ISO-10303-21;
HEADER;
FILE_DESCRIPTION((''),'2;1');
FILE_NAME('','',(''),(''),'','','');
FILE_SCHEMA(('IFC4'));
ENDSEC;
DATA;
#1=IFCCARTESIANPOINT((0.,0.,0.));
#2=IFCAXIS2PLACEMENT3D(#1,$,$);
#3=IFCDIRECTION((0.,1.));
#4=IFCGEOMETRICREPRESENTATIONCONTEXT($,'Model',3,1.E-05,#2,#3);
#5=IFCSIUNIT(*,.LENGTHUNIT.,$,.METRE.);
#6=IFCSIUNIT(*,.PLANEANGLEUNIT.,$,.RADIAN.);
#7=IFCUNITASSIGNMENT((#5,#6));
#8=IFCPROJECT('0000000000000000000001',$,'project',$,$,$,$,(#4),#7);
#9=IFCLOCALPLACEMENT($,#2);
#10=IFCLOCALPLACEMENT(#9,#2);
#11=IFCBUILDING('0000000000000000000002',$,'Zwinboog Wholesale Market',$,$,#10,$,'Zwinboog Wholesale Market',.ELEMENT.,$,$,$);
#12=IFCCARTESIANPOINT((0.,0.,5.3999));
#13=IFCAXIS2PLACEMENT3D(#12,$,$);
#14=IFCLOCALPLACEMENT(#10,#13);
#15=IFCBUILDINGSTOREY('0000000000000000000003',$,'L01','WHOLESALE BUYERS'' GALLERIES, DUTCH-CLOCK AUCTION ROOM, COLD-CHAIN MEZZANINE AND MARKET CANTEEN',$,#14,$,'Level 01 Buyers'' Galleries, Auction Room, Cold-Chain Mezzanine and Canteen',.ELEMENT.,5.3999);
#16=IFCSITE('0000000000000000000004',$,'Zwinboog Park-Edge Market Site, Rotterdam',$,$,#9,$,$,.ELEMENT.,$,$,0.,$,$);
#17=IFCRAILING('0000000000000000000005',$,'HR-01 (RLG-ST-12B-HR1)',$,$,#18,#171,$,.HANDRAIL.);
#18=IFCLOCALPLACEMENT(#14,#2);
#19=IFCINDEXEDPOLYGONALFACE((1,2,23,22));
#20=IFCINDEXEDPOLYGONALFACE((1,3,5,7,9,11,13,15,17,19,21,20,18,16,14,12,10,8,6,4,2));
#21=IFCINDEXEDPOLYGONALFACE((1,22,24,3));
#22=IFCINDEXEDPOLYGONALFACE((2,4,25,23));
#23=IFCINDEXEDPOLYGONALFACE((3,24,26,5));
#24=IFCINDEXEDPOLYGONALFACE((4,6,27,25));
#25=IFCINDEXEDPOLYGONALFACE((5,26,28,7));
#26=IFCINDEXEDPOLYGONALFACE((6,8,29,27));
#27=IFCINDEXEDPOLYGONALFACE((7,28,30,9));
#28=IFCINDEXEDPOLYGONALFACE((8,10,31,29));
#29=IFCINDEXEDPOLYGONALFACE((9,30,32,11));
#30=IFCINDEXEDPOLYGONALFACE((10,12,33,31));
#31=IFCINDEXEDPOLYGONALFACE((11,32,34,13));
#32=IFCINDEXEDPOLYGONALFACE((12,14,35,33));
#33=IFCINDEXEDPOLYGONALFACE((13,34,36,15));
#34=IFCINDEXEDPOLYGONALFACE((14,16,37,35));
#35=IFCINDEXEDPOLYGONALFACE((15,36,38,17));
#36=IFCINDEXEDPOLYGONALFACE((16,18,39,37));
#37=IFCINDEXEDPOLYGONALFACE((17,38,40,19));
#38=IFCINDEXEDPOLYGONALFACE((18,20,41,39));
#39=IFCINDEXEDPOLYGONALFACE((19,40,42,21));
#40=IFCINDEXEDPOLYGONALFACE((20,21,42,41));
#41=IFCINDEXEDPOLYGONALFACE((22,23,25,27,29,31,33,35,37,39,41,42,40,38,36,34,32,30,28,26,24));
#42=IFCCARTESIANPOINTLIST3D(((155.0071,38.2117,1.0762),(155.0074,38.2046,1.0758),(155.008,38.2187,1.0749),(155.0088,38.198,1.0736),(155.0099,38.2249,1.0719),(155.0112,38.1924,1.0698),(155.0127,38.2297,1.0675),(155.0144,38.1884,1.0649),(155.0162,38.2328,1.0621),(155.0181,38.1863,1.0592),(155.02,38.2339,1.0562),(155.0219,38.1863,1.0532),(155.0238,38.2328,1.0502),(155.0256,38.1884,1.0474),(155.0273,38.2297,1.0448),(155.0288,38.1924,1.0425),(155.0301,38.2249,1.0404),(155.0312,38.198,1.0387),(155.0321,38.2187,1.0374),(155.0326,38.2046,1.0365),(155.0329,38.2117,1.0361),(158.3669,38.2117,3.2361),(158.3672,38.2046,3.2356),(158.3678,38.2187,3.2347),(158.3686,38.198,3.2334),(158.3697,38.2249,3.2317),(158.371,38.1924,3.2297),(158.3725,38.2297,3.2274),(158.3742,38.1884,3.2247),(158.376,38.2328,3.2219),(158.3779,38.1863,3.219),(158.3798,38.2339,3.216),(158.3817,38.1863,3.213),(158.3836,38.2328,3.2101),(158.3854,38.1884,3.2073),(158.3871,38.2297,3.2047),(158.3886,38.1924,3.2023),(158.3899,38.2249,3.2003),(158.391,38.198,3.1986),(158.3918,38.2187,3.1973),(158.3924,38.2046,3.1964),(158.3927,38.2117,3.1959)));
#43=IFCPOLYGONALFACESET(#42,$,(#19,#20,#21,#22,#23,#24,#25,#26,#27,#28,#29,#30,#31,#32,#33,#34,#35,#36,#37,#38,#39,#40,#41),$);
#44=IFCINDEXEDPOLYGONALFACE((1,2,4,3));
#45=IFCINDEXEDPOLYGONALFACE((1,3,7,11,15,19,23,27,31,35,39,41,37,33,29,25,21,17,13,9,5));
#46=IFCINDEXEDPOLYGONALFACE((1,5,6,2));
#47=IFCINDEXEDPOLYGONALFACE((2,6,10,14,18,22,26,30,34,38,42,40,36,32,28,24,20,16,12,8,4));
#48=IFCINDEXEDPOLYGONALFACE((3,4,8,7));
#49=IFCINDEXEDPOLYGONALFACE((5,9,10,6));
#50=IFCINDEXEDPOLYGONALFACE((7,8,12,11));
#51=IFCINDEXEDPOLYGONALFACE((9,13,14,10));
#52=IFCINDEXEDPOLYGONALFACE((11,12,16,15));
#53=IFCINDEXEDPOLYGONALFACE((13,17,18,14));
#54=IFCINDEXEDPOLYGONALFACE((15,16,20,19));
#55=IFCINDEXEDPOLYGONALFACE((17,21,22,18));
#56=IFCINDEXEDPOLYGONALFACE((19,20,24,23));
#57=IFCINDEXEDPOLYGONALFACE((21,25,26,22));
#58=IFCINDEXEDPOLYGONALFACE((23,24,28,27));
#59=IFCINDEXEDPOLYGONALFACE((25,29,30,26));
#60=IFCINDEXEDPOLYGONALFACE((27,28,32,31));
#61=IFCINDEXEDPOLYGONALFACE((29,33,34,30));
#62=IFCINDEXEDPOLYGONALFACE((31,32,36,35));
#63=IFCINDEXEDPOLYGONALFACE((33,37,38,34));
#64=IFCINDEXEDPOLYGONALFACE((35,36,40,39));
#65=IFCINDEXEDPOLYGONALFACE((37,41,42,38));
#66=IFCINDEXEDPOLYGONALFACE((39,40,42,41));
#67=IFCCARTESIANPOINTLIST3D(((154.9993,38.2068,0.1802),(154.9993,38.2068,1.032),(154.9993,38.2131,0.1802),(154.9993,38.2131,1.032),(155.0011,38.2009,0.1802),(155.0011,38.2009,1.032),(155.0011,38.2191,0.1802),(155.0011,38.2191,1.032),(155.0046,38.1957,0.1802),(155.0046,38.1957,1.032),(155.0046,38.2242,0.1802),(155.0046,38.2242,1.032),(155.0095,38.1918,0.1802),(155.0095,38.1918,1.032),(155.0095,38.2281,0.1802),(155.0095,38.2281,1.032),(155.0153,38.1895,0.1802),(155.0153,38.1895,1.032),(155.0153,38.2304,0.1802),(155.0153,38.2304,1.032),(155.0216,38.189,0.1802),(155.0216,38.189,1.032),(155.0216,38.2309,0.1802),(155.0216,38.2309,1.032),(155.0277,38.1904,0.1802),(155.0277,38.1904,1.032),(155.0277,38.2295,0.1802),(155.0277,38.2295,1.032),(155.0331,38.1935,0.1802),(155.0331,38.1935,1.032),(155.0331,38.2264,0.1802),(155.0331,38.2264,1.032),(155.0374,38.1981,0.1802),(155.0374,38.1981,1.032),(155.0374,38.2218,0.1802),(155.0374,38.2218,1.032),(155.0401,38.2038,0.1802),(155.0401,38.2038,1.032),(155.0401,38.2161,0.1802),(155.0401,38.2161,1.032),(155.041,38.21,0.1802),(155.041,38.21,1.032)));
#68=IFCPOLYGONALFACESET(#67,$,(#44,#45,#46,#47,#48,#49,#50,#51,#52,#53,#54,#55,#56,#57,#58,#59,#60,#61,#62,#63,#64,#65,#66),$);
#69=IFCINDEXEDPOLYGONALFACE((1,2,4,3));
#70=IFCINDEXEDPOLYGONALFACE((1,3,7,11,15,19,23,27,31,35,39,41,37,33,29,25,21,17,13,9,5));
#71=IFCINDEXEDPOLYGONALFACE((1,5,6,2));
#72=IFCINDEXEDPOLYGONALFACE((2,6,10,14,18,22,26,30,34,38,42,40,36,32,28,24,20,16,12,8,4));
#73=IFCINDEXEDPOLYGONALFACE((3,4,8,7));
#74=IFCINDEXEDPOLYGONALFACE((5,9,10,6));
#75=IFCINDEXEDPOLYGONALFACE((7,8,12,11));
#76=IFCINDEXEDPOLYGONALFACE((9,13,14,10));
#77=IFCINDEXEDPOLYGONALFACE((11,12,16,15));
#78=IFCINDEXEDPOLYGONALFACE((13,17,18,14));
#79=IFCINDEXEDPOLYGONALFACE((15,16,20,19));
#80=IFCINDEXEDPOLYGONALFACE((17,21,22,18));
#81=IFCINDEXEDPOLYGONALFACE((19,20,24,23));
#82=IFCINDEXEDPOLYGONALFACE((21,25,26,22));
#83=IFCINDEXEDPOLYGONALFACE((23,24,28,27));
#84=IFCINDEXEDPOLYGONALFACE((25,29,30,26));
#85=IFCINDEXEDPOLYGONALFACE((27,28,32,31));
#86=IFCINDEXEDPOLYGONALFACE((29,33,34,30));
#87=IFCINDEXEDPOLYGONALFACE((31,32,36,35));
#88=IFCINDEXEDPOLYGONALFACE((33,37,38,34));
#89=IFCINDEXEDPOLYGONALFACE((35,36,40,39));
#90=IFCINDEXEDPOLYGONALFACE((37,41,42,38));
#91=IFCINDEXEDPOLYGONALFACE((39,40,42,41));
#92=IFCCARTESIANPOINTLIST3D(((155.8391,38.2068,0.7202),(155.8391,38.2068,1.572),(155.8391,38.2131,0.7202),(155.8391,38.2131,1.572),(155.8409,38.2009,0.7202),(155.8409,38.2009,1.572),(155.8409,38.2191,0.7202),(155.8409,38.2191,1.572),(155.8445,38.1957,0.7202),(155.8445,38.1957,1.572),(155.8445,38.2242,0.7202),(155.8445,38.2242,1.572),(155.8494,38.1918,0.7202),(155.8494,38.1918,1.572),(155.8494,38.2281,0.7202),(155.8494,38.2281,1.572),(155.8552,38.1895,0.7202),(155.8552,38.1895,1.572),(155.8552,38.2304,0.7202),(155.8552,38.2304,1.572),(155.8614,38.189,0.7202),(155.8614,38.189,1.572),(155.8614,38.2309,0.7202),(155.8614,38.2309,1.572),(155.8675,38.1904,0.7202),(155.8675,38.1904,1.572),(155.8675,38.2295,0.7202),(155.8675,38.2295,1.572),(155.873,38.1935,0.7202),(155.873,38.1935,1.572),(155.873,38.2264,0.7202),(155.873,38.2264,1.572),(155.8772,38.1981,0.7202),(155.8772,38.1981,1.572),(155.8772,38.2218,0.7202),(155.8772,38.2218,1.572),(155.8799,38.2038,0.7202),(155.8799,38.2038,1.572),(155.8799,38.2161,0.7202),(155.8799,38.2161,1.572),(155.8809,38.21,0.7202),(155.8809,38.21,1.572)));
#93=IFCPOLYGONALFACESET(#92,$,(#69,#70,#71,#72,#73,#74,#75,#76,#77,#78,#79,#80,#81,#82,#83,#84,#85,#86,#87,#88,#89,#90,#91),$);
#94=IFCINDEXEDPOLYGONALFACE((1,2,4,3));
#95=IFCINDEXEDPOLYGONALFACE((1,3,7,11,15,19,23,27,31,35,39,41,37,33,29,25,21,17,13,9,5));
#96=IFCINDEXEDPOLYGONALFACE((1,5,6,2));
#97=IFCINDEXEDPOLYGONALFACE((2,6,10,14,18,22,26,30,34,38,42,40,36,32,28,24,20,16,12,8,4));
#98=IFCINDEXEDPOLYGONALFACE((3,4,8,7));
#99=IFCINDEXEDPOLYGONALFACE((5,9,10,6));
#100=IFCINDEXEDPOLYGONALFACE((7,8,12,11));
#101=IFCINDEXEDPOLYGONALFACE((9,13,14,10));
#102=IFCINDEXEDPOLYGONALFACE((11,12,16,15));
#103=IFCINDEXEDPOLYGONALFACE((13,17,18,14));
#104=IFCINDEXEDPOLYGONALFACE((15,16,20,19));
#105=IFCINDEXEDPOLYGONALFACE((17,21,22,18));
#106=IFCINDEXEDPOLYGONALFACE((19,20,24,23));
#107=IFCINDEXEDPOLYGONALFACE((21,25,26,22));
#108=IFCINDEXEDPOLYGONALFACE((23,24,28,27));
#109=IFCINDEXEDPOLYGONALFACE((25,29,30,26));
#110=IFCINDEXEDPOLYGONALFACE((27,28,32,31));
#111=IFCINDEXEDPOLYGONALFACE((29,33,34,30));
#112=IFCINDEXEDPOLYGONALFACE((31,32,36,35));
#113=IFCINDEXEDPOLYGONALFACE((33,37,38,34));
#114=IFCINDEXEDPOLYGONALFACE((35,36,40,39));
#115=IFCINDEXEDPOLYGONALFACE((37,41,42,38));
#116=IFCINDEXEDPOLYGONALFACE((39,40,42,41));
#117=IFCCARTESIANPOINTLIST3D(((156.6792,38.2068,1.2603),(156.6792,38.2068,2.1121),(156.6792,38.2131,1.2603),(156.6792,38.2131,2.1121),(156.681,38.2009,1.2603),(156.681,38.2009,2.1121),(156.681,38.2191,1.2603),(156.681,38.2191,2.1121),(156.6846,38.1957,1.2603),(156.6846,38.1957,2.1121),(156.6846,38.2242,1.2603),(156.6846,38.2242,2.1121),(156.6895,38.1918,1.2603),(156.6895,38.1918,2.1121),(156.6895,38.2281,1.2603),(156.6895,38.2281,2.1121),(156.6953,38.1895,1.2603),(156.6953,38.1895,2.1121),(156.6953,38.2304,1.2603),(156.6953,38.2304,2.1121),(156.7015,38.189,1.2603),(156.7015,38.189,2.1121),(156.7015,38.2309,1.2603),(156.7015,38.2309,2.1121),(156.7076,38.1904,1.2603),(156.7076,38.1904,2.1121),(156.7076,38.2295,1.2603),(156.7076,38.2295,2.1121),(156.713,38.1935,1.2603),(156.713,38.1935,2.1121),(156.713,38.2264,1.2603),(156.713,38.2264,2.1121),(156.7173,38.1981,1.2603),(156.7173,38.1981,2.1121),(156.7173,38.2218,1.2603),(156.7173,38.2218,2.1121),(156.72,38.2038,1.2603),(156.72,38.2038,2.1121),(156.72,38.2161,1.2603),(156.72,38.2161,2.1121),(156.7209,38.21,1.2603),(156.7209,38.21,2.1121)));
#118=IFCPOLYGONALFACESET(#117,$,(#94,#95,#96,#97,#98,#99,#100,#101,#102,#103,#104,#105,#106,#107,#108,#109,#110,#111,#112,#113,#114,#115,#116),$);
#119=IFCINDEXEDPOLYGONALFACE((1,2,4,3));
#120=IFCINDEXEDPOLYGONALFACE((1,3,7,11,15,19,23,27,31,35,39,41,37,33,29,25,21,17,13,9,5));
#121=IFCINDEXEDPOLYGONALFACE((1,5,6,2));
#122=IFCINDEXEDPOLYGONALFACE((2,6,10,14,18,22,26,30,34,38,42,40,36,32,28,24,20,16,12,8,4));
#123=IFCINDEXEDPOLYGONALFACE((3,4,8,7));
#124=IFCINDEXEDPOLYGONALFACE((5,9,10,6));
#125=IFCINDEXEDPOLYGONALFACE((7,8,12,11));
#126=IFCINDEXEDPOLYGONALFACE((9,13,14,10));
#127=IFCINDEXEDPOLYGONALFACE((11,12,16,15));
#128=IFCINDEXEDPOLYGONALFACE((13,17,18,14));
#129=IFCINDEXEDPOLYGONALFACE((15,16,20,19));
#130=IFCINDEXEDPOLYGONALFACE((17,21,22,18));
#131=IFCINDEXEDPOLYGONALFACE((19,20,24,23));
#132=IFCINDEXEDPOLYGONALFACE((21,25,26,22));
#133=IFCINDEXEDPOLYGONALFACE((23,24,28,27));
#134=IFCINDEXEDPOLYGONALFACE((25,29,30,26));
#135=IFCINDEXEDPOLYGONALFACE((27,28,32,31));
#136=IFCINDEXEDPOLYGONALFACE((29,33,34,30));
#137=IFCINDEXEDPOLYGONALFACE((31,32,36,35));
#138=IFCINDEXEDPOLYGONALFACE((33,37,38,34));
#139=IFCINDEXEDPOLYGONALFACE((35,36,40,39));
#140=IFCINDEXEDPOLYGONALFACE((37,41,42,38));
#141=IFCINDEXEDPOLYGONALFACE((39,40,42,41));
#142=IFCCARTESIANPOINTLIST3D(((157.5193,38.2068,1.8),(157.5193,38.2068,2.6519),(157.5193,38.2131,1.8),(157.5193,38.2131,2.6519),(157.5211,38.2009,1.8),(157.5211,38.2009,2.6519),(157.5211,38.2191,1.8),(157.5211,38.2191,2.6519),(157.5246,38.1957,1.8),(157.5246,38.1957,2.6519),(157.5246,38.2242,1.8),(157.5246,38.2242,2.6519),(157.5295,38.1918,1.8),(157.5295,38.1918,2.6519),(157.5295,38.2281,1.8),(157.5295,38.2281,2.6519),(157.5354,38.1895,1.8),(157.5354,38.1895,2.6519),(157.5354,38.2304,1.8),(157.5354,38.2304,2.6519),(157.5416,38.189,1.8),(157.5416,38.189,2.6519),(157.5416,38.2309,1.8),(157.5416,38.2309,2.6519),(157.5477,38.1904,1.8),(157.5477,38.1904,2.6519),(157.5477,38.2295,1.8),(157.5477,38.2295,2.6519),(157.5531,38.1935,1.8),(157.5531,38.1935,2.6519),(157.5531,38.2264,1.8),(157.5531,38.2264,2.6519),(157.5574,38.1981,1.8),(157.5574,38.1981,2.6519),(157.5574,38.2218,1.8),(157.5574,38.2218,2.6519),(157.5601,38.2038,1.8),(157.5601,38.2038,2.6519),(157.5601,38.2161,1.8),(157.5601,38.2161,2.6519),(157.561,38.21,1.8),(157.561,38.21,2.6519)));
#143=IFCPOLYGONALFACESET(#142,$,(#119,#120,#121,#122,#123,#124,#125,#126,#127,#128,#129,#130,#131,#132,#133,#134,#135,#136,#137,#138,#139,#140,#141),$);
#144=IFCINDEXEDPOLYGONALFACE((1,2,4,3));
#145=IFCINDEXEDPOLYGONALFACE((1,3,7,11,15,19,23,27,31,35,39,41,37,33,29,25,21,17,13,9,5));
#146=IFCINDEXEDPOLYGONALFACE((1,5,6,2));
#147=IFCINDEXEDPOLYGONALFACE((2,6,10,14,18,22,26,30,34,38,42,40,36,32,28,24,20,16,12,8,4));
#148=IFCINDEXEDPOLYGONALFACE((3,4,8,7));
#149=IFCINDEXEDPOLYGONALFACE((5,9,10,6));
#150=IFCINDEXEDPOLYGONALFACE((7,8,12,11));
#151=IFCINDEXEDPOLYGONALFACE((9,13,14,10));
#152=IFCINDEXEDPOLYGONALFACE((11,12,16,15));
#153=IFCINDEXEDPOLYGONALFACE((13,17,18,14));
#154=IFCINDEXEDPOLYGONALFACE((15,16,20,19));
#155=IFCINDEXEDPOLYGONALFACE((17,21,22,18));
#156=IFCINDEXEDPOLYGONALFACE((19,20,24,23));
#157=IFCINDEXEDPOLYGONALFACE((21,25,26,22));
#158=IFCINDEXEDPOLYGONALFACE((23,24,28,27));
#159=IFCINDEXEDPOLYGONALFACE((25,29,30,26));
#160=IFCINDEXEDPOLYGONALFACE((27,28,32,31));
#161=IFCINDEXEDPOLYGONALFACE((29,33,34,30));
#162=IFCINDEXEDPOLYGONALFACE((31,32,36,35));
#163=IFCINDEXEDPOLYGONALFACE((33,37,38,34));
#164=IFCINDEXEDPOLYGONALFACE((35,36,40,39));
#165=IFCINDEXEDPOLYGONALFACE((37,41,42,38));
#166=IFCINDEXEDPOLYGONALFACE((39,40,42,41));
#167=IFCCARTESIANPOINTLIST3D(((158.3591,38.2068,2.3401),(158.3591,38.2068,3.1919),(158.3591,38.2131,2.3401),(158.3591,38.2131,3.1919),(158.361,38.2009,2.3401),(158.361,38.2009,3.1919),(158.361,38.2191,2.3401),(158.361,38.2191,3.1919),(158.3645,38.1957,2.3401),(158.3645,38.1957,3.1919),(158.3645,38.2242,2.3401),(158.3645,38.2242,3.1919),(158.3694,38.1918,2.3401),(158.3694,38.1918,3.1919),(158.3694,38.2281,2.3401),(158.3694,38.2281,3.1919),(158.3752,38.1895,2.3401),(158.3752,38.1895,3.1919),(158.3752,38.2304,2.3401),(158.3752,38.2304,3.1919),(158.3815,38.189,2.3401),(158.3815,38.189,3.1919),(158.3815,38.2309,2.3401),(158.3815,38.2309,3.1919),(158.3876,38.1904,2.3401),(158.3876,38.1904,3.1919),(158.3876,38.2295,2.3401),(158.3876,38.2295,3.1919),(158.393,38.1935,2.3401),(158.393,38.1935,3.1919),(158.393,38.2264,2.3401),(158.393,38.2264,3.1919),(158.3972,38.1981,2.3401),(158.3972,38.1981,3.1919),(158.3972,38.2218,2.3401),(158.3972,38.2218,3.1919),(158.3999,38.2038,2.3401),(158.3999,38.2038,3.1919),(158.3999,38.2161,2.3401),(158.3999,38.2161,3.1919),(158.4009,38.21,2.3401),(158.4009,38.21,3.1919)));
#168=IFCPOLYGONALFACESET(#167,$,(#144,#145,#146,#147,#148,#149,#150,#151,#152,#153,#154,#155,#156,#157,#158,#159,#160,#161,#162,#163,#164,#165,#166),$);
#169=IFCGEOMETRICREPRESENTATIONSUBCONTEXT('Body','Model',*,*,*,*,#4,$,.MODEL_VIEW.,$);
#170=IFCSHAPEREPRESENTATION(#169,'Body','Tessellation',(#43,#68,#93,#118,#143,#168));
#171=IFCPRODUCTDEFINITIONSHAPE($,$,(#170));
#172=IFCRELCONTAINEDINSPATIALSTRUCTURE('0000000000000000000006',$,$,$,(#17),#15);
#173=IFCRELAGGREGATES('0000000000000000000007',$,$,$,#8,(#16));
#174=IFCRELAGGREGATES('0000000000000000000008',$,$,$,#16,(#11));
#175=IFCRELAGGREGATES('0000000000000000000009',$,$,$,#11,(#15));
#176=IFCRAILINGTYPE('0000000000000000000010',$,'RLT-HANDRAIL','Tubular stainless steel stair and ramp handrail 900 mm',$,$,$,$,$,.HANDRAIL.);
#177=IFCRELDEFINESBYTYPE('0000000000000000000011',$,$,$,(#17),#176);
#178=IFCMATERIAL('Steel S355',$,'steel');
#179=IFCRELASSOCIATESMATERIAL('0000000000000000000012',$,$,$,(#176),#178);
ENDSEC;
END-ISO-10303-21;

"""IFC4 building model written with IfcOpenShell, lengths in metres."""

from ifc_helpers import new_model, si_unit, direction, frame, origin, origin_2d, place, context, subcontext, project, spatial, circle, extrude, material, type_object, element, save


model = new_model("IFC4")

# Units and contexts
model_context = context("Model", 3, precision=1e-05, world=origin(), true_north=direction((0.0, 1.0)))
body_context = subcontext(model_context, "Body", "Model", "MODEL_VIEW")
ifc_project = project(units=[si_unit("LENGTHUNIT", "METRE"), si_unit("PLANEANGLEUNIT", "RADIAN")], contexts=[model_context])

# Site, building, storey
site_placement = place(None, origin())
site = spatial("IfcSite", under=ifc_project, at=site_placement, Name="Zwinboog Park-Edge Market Site, Rotterdam", CompositionType="ELEMENT", RefElevation=0.0)
building_placement = place(site_placement, origin())
building = spatial("IfcBuilding", under=site, at=building_placement, Name="Zwinboog Wholesale Market", LongName="Zwinboog Wholesale Market", CompositionType="ELEMENT")
storey_placement = place(building_placement, frame((0.0, 0.0, 5.3999)))
storey = spatial("IfcBuildingStorey", under=building, at=storey_placement, Name="L01", Description="WHOLESALE BUYERS' GALLERIES, DUTCH-CLOCK AUCTION ROOM, COLD-CHAIN MEZZANINE AND MARKET CANTEEN", LongName="Level 01 Buyers' Galleries, Auction Room, Cold-Chain Mezzanine and Canteen", CompositionType="ELEMENT", Elevation=5.3999)

# Shared definitions
ifc_material_1 = material(Name="Steel S355", Category="steel")

# Railing
railing_type_1 = type_object("IfcRailingType", Name="RLT-HANDRAIL", Description="Tubular stainless steel stair and ramp handrail 900 mm", PredefinedType="HANDRAIL", material=ifc_material_1)
railing_1_placement = place(storey_placement, frame((155.02, 38.21, 0.1802)))
element("IfcRailing", 1, at=railing_1_placement, inside=storey, type_object=railing_type_1, Name="HR-01 (RLG-ST-12B-HR1)", PredefinedType="HANDRAIL", context=body_context, shape_type="SweptSolid", body=[
    extrude(circle(Radius=0.0239, at=origin_2d()), frame((0.0, 0.0, 0.876), z_axis=(0.841178, 0.0, 0.540758), x_axis=(0.0, 1.0, 0.0)), (0.0, 0.0, 1.0), 3.9941),
    extrude(circle(Radius=0.021, at=origin_2d()), origin(), (0.0, 0.0, 1.0), 0.8518),
    extrude(circle(Radius=0.021, at=origin_2d()), frame((0.8398, 0.0, 0.54)), (0.0, 0.0, 1.0), 0.8518),
    extrude(circle(Radius=0.021, at=origin_2d()), frame((1.6799, 0.0, 1.0801)), (0.0, 0.0, 1.0), 0.8518),
    extrude(circle(Radius=0.021, at=origin_2d()), frame((2.52, 0.0, 1.6199)), (0.0, 0.0, 1.0), 0.8518),
    extrude(circle(Radius=0.021, at=origin_2d()), frame((3.3599, 0.0, 2.1599)), (0.0, 0.0, 1.0), 0.8518),
])

save(model, "model.ifc")
